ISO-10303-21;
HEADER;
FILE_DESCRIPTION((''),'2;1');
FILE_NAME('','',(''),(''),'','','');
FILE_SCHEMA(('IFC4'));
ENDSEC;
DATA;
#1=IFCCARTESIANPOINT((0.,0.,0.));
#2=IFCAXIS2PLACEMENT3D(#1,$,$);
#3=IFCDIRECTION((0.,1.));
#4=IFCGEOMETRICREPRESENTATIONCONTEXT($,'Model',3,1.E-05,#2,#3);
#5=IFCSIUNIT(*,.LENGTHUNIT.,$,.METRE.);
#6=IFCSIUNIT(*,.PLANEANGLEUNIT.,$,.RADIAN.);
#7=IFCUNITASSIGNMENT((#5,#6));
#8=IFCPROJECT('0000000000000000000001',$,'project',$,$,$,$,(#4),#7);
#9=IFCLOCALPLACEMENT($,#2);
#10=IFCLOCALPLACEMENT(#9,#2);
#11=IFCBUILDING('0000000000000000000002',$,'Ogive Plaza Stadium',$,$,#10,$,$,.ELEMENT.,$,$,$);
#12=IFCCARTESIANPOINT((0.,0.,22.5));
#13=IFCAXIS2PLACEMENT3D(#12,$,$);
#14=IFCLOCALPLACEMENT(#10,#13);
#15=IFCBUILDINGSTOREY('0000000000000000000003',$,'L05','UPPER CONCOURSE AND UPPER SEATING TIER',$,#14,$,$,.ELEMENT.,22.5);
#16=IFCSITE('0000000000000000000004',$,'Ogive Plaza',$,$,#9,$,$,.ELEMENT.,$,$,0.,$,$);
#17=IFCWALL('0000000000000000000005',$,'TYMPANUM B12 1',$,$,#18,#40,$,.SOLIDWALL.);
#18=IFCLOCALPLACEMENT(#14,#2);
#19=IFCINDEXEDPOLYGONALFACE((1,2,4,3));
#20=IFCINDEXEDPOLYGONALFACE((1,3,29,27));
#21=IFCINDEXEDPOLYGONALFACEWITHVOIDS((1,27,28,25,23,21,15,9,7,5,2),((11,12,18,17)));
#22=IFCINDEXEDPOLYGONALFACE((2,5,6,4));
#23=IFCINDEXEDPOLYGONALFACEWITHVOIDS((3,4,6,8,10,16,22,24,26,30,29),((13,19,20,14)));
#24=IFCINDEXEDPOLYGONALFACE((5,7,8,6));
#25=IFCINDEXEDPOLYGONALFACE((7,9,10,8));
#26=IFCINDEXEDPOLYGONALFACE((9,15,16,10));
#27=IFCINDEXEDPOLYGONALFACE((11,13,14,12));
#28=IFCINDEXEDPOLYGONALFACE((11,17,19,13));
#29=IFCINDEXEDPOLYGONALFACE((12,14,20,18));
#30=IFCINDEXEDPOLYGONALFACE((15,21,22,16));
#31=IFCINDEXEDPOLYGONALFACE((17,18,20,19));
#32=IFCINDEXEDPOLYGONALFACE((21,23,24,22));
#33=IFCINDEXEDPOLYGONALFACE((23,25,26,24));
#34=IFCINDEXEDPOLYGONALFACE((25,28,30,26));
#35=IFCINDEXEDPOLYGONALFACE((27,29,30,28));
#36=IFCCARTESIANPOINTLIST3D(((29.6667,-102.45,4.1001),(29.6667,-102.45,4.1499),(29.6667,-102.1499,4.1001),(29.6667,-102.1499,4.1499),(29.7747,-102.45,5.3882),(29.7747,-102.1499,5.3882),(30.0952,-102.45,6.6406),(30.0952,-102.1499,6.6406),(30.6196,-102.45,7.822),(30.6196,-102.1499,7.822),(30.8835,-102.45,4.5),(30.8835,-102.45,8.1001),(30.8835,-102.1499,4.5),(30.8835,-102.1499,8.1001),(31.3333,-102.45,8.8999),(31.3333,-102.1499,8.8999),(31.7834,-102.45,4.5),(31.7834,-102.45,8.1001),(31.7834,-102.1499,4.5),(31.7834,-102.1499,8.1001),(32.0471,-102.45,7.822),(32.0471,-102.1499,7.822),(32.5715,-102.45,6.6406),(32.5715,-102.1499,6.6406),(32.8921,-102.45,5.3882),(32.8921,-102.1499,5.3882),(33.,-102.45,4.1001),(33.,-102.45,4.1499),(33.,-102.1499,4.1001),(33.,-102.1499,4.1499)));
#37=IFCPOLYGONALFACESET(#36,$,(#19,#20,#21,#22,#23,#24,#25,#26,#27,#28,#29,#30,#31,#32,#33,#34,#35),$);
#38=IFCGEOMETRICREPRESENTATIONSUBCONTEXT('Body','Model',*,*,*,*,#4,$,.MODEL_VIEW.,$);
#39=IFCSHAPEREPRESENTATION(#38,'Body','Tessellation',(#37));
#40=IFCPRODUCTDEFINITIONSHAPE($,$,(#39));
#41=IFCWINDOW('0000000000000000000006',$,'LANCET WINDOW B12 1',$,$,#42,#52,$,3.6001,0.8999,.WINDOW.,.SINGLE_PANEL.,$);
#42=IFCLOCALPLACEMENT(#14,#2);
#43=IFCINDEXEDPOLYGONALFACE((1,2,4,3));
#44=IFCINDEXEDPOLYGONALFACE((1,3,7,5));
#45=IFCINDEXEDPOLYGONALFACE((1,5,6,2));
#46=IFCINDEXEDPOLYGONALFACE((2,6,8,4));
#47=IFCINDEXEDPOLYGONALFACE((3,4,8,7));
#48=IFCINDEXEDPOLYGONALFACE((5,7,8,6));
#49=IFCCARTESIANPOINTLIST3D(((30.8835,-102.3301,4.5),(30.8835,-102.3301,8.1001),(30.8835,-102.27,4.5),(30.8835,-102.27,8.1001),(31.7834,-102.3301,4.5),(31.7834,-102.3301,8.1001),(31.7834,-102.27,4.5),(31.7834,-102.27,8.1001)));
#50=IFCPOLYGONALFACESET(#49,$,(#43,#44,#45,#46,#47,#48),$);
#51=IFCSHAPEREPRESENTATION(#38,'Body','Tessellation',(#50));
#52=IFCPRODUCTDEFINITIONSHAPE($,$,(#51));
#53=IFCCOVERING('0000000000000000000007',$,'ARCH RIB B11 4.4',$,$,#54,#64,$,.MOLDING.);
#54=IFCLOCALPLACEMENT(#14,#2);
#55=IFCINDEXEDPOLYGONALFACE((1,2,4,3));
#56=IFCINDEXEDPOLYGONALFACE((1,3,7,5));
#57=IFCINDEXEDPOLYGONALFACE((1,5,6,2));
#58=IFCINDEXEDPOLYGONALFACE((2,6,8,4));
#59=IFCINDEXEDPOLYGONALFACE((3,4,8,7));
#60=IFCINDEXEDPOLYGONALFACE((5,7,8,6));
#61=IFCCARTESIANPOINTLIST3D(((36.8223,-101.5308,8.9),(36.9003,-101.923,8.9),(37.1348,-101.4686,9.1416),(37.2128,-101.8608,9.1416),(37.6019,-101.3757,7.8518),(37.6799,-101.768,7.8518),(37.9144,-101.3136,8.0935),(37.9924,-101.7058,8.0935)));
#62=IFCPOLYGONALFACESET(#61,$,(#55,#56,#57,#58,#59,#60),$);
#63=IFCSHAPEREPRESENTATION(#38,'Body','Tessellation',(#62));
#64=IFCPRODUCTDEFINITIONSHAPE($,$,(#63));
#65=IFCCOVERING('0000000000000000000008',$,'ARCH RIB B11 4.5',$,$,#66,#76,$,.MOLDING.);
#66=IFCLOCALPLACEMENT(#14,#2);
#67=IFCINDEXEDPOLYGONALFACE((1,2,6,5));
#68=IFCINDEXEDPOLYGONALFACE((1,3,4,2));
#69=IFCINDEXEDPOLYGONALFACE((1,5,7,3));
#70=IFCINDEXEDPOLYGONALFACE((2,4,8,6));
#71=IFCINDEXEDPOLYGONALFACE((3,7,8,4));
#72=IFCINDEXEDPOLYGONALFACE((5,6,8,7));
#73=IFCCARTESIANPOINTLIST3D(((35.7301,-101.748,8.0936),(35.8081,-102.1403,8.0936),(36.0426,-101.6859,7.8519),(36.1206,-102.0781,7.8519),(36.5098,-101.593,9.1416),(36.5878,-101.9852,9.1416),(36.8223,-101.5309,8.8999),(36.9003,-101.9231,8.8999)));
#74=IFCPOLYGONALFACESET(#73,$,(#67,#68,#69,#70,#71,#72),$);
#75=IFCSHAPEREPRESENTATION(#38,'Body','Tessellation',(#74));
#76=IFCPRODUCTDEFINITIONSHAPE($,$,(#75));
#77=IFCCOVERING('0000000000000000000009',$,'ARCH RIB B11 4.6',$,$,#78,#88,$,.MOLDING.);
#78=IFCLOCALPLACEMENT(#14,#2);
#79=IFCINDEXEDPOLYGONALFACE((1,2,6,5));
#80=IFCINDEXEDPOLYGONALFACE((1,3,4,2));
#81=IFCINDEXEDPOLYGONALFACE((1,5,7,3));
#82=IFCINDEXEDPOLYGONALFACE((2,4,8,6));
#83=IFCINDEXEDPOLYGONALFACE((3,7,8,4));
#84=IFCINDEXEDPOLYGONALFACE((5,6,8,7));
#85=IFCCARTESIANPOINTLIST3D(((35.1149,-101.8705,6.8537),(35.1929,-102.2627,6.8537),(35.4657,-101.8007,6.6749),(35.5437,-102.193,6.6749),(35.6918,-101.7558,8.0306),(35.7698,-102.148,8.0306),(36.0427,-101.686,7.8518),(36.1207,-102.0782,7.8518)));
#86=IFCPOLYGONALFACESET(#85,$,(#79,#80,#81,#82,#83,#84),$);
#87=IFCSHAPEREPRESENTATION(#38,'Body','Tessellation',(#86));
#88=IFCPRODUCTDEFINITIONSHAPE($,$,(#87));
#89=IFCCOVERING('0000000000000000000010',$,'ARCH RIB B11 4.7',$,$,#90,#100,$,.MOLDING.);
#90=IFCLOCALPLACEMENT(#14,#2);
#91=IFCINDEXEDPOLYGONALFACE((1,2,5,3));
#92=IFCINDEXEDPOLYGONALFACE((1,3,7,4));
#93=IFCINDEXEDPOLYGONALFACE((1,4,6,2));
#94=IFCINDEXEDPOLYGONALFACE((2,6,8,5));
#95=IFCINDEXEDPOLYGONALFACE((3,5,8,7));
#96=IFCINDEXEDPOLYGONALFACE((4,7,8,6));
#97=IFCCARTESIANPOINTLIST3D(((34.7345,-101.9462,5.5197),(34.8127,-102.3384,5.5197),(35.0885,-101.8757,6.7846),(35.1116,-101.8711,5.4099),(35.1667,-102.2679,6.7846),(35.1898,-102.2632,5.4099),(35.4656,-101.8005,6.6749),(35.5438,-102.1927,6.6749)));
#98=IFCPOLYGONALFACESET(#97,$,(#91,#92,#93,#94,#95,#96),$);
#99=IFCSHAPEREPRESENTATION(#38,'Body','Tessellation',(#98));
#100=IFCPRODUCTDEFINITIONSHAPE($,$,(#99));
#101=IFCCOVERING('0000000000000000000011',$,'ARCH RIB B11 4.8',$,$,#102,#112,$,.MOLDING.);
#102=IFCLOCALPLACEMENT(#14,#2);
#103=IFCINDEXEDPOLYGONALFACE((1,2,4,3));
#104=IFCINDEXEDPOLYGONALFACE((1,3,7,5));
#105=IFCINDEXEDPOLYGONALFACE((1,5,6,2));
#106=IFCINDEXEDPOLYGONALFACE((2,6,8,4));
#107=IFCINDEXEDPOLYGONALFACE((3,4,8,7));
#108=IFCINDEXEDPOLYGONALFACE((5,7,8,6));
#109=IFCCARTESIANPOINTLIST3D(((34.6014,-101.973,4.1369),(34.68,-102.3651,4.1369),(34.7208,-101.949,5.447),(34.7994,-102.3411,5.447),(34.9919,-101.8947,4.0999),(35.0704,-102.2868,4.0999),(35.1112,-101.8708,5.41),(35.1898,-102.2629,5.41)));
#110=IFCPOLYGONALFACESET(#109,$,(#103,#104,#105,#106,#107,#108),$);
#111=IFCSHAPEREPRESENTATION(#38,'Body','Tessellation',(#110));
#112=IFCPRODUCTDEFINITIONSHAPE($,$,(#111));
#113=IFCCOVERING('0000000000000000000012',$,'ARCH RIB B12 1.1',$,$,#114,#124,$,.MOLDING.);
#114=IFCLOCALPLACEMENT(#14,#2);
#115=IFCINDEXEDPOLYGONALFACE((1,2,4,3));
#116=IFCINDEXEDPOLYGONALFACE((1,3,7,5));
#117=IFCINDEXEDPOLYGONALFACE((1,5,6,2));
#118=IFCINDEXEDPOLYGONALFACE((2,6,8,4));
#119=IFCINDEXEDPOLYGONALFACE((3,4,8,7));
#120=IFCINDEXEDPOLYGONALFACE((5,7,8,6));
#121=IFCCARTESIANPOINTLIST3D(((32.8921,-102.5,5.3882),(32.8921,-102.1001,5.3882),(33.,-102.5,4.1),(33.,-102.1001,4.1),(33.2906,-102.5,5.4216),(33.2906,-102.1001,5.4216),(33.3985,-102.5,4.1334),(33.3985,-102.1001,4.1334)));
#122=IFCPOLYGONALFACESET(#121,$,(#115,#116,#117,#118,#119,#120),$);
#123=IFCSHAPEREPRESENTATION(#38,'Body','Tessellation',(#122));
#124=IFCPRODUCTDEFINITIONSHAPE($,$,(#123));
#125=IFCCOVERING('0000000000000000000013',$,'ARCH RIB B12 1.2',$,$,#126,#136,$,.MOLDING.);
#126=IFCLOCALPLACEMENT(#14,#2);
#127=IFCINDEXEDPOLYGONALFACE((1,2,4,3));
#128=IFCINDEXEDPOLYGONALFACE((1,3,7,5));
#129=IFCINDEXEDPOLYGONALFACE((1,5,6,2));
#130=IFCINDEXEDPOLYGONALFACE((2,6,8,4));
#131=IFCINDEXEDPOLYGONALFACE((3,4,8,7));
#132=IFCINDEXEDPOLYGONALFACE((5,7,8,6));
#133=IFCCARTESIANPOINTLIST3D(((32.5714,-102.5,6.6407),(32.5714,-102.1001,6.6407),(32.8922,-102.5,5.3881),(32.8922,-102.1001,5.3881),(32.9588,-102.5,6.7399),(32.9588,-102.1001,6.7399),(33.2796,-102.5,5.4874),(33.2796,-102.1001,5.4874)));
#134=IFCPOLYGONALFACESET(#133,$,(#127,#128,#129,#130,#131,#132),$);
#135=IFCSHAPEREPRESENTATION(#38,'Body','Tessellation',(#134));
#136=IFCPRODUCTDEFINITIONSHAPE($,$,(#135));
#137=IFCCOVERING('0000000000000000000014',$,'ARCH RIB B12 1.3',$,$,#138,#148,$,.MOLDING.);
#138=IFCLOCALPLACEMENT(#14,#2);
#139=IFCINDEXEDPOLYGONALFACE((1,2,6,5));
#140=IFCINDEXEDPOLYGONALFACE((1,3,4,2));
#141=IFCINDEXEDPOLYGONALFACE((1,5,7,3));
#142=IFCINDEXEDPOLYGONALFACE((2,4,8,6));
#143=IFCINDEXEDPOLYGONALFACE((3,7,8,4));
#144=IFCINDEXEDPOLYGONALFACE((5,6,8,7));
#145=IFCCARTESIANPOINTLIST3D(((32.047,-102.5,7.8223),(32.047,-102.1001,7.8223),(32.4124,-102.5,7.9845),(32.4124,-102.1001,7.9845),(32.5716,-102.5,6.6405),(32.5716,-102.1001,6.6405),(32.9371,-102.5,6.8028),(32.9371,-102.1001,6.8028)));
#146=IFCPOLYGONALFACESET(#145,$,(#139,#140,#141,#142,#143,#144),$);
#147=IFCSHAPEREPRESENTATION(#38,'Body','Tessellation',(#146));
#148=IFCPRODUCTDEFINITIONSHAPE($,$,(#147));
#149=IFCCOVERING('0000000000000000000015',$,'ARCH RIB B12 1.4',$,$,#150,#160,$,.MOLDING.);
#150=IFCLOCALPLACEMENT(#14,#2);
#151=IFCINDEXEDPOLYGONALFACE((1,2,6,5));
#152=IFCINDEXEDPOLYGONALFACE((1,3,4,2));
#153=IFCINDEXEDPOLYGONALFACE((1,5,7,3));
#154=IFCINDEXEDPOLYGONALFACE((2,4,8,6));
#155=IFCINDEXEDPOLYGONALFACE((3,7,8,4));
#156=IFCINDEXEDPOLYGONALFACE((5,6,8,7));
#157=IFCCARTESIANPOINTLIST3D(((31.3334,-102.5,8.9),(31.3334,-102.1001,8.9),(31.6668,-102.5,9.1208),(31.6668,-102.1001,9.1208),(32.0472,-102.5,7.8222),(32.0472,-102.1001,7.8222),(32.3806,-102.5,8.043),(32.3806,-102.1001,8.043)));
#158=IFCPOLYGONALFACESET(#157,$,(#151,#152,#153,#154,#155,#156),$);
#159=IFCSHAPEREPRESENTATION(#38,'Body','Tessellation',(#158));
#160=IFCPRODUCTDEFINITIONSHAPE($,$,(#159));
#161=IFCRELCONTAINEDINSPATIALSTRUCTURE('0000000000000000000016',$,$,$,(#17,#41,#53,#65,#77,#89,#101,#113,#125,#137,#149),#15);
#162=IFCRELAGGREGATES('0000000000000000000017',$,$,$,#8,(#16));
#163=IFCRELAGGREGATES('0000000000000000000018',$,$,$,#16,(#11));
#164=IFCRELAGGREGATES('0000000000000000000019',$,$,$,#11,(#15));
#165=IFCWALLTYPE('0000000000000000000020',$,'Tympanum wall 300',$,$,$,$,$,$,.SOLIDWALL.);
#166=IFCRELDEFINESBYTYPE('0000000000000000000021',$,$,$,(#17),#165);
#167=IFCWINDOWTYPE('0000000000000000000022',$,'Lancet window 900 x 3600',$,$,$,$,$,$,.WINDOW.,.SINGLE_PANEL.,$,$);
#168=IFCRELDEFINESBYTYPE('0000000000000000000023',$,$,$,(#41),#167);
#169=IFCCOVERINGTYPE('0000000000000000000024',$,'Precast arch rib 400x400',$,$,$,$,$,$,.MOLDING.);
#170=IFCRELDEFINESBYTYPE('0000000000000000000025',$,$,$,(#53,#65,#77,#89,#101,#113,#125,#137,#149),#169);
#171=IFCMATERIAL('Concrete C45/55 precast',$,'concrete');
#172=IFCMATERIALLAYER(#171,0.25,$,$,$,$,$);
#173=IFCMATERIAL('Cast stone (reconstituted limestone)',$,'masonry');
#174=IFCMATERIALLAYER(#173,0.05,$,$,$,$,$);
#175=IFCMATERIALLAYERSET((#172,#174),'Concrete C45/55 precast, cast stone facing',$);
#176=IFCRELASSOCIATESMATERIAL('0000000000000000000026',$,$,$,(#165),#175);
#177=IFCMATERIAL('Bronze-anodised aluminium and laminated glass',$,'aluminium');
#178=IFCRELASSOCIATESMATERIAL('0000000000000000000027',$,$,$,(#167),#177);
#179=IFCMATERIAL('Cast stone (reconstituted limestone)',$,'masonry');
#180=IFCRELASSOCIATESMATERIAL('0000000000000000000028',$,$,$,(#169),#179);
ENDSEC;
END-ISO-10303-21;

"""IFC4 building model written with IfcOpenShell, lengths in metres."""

from ifc_helpers import new_model, si_unit, direction, frame, frame_2d, origin, origin_2d, place, context, subcontext, project, spatial, polyline, rectangle, outline, extrude, material, layer, layer_set, material_profile, profile_set, type_object, element, fill, save


model = new_model("IFC4")

# Units and contexts
model_context = context("Model", 3, precision=1e-05, world=origin(), true_north=direction((0.0, 1.0)))
body_context = subcontext(model_context, "Body", "Model", "MODEL_VIEW")
ifc_project = project(units=[si_unit("LENGTHUNIT", "METRE"), si_unit("PLANEANGLEUNIT", "RADIAN")], contexts=[model_context])

# Site, building, storey
site_placement = place(None, origin())
site = spatial("IfcSite", under=ifc_project, at=site_placement, Name="Ogive Plaza", CompositionType="ELEMENT", RefElevation=0.0)
building_placement = place(site_placement, origin())
building = spatial("IfcBuilding", under=site, at=building_placement, Name="Ogive Plaza Stadium", CompositionType="ELEMENT")
storey_placement = place(building_placement, frame((0.0, 0.0, 22.5)))
storey = spatial("IfcBuildingStorey", under=building, at=storey_placement, Name="L05", Description="UPPER CONCOURSE AND UPPER SEATING TIER", CompositionType="ELEMENT", Elevation=22.5)

# Wall, opening, window
ifc_material_1 = material(Name="Concrete C45/55 precast", Category="concrete")
ifc_layer_1 = layer(ifc_material_1, 0.25)
ifc_material_2 = material(Name="Cast stone (reconstituted limestone)", Category="masonry")
ifc_layer_2 = layer(ifc_material_2, 0.05)
ifc_layer_set_1 = layer_set([ifc_layer_1, ifc_layer_2], Name="Concrete C45/55 precast, cast stone facing")
wall_type = type_object("IfcWallType", Name="Tympanum wall 300", PredefinedType="SOLIDWALL", material=ifc_layer_set_1)
wall_placement = place(storey_placement, frame((33.0, -102.3, 4.1001), z_axis=(0.0, 0.0, 1.0), x_axis=(-1.0, 0.0, 0.0)))
wall = element("IfcWall", 1, at=wall_placement, inside=storey, type_object=wall_type, Name="TYMPANUM B12 1", PredefinedType="SOLIDWALL", context=body_context, shape_type="SweptSolid", body=[
    extrude(outline(polyline([(0.0, 0.0), (3.3333, 0.0), (3.3333, 0.0498), (3.2253, 1.2881), (2.9048, 2.5405), (2.3804, 3.7219), (1.6667, 4.7998), (0.9529, 3.7219), (0.4285, 2.5405), (0.1079, 1.2881), (0.0, 0.0498), (0.0, 0.0)])), frame((0.0, 0.1499, 0.0), z_axis=(0.0, -1.0, 0.0), x_axis=(1.0, 0.0, 0.0)), (0.0, 0.0, 1.0), 0.3),
])
opening_placement = place(wall_placement, frame((1.2166, 0.0, 0.3999)))
opening = element("IfcOpeningElement", 2, at=opening_placement, cuts=wall, PredefinedType="OPENING", context=body_context, shape_type="SweptSolid", body=[
    extrude(rectangle(XDim=0.8999, YDim=3.6001, at=frame_2d((0.45, 1.8))), frame((0.0, 0.1602, 0.0), z_axis=(0.0, -1.0, 0.0), x_axis=(1.0, 0.0, 0.0)), (0.0, 0.0, 1.0), 0.3201),
])
ifc_material_3 = material(Name="Bronze-anodised aluminium and laminated glass", Category="aluminium")
window_type = type_object("IfcWindowType", Name="Lancet window 900 x 3600", PartitioningType="SINGLE_PANEL", PredefinedType="WINDOW", material=ifc_material_3)
window_placement = place(opening_placement, origin())
window = element("IfcWindow", 3, at=window_placement, inside=storey, type_object=window_type, Name="LANCET WINDOW B12 1", OverallHeight=3.6001, OverallWidth=0.8999, PartitioningType="SINGLE_PANEL", PredefinedType="WINDOW", context=body_context, shape_type="SweptSolid", body=[
    extrude(rectangle(XDim=0.8999, YDim=3.6001, at=frame_2d((0.45, 1.8))), frame((0.0, 0.03, 0.0), z_axis=(0.0, -1.0, 0.0), x_axis=(1.0, 0.0, 0.0)), (0.0, 0.0, 1.0), 0.0601),
])
fill(opening, window)

# Coverings
ifc_material_4 = material(Name="Cast stone (reconstituted limestone)", Category="masonry")
ifc_material_profile_1 = material_profile(ifc_material_4, rectangle(XDim=0.3999, YDim=0.3999, at=origin_2d()), Name="Cast stone 400x400")
ifc_profile_set_1 = profile_set([ifc_material_profile_1], Name="Cast stone (reconstituted limestone)")
covering_type = type_object("IfcCoveringType", Name="Precast arch rib 400x400", PredefinedType="MOLDING", material=ifc_profile_set_1)
for number, where, z_axis, x_axis, name in (
    (4, (37.7971, -101.5408, 7.9727), (-0.592636, -0.117859, 0.796801), (0.195053, -0.980793, 0.0), "ARCH RIB B11 4.4"),
    (5, (36.7051, -101.7581, 9.0208), (-0.592756, -0.117846, -0.796713), (0.194994, -0.980804, 0.0), "ARCH RIB B11 4.5"),
):
    element("IfcCovering", number, at=place(storey_placement, frame(where, z_axis=z_axis, x_axis=x_axis)), inside=storey, type_object=covering_type, Name=name, PredefinedType="MOLDING", context=body_context, shape_type="SweptSolid", body=[
        extrude(rectangle(XDim=0.3999, YDim=0.3999, at=origin_2d()), origin(), (0.0, 0.0, 1.0), 1.3154),
    ])
covering_1_placement = place(storey_placement, frame((35.9062, -101.917, 7.9412), z_axis=(-0.438518, -0.087221, -0.89448), x_axis=(0.195078, -0.980788, 0.0)))
element("IfcCovering", 6, at=covering_1_placement, inside=storey, type_object=covering_type, Name="ARCH RIB B11 4.6", PredefinedType="MOLDING", context=body_context, shape_type="SweptSolid", body=[
    extrude(rectangle(XDim=0.3999, YDim=0.3999, at=origin_2d()), origin(), (0.0, 0.0, 1.0), 1.3157),
])
covering_2_placement = place(storey_placement, frame((35.3162, -102.0342, 6.7297), z_axis=(-0.269125, -0.053639, -0.96161), x_axis=(0.195466, -0.980711, 0.0)))
element("IfcCovering", 7, at=covering_2_placement, inside=storey, type_object=covering_type, Name="ARCH RIB B11 4.7", PredefinedType="MOLDING", context=body_context, shape_type="SweptSolid", body=[
    extrude(rectangle(XDim=0.3999, YDim=0.3999, at=origin_2d()), origin(), (0.0, 0.0, 1.0), 1.3154),
])
covering_3_placement = place(storey_placement, frame((34.9553, -102.106, 5.4285), z_axis=(-0.090738, -0.018185, -0.995709), x_axis=(0.196502, -0.980503, 0.0)))
element("IfcCovering", 8, at=covering_3_placement, inside=storey, type_object=covering_type, Name="ARCH RIB B11 4.8", PredefinedType="MOLDING", context=body_context, shape_type="SweptSolid", body=[
    extrude(rectangle(XDim=0.3999, YDim=0.3999, at=origin_2d()), origin(), (0.0, 0.0, 1.0), 1.3157),
])
covering_4_placement = place(storey_placement, frame((33.1992, -102.3, 4.1167), z_axis=(-0.083467, 0.0, 0.996511), x_axis=(0.0, -1.0, 0.0)))
element("IfcCovering", 9, at=covering_4_placement, inside=storey, type_object=covering_type, Name="ARCH RIB B12 1.1", PredefinedType="MOLDING", context=body_context, shape_type="SweptSolid", body=[
    extrude(rectangle(XDim=0.3999, YDim=0.3999, at=origin_2d()), origin(), (0.0, 0.0, 1.0), 1.2927),
])
for number, where, z_axis, x_axis, name in (
    (10, (33.0859, -102.3, 5.4377), (-0.24813, 0.0, 0.968727), (0.0, -1.0, 0.0), "ARCH RIB B12 1.2"),
    (11, (32.7544, -102.3, 6.7217), (-0.405806, 0.0, 0.913959), (0.0, -1.0, 0.0), "ARCH RIB B12 1.3"),
):
    element("IfcCovering", number, at=place(storey_placement, frame(where, z_axis=z_axis, x_axis=x_axis)), inside=storey, type_object=covering_type, Name=name, PredefinedType="MOLDING", context=body_context, shape_type="SweptSolid", body=[
        extrude(rectangle(XDim=0.3999, YDim=0.3999, at=origin_2d()), origin(), (0.0, 0.0, 1.0), 1.293),
    ])
covering_5_placement = place(storey_placement, frame((32.2139, -102.3, 7.9326), z_axis=(-0.55217, 0.0, 0.833731), x_axis=(0.0, -1.0, 0.0)))
element("IfcCovering", 12, at=covering_5_placement, inside=storey, type_object=covering_type, Name="ARCH RIB B12 1.4", PredefinedType="MOLDING", context=body_context, shape_type="SweptSolid", body=[
    extrude(rectangle(XDim=0.3999, YDim=0.3999, at=origin_2d()), origin(), (0.0, 0.0, 1.0), 1.2927),
])

save(model, "model.ifc")
